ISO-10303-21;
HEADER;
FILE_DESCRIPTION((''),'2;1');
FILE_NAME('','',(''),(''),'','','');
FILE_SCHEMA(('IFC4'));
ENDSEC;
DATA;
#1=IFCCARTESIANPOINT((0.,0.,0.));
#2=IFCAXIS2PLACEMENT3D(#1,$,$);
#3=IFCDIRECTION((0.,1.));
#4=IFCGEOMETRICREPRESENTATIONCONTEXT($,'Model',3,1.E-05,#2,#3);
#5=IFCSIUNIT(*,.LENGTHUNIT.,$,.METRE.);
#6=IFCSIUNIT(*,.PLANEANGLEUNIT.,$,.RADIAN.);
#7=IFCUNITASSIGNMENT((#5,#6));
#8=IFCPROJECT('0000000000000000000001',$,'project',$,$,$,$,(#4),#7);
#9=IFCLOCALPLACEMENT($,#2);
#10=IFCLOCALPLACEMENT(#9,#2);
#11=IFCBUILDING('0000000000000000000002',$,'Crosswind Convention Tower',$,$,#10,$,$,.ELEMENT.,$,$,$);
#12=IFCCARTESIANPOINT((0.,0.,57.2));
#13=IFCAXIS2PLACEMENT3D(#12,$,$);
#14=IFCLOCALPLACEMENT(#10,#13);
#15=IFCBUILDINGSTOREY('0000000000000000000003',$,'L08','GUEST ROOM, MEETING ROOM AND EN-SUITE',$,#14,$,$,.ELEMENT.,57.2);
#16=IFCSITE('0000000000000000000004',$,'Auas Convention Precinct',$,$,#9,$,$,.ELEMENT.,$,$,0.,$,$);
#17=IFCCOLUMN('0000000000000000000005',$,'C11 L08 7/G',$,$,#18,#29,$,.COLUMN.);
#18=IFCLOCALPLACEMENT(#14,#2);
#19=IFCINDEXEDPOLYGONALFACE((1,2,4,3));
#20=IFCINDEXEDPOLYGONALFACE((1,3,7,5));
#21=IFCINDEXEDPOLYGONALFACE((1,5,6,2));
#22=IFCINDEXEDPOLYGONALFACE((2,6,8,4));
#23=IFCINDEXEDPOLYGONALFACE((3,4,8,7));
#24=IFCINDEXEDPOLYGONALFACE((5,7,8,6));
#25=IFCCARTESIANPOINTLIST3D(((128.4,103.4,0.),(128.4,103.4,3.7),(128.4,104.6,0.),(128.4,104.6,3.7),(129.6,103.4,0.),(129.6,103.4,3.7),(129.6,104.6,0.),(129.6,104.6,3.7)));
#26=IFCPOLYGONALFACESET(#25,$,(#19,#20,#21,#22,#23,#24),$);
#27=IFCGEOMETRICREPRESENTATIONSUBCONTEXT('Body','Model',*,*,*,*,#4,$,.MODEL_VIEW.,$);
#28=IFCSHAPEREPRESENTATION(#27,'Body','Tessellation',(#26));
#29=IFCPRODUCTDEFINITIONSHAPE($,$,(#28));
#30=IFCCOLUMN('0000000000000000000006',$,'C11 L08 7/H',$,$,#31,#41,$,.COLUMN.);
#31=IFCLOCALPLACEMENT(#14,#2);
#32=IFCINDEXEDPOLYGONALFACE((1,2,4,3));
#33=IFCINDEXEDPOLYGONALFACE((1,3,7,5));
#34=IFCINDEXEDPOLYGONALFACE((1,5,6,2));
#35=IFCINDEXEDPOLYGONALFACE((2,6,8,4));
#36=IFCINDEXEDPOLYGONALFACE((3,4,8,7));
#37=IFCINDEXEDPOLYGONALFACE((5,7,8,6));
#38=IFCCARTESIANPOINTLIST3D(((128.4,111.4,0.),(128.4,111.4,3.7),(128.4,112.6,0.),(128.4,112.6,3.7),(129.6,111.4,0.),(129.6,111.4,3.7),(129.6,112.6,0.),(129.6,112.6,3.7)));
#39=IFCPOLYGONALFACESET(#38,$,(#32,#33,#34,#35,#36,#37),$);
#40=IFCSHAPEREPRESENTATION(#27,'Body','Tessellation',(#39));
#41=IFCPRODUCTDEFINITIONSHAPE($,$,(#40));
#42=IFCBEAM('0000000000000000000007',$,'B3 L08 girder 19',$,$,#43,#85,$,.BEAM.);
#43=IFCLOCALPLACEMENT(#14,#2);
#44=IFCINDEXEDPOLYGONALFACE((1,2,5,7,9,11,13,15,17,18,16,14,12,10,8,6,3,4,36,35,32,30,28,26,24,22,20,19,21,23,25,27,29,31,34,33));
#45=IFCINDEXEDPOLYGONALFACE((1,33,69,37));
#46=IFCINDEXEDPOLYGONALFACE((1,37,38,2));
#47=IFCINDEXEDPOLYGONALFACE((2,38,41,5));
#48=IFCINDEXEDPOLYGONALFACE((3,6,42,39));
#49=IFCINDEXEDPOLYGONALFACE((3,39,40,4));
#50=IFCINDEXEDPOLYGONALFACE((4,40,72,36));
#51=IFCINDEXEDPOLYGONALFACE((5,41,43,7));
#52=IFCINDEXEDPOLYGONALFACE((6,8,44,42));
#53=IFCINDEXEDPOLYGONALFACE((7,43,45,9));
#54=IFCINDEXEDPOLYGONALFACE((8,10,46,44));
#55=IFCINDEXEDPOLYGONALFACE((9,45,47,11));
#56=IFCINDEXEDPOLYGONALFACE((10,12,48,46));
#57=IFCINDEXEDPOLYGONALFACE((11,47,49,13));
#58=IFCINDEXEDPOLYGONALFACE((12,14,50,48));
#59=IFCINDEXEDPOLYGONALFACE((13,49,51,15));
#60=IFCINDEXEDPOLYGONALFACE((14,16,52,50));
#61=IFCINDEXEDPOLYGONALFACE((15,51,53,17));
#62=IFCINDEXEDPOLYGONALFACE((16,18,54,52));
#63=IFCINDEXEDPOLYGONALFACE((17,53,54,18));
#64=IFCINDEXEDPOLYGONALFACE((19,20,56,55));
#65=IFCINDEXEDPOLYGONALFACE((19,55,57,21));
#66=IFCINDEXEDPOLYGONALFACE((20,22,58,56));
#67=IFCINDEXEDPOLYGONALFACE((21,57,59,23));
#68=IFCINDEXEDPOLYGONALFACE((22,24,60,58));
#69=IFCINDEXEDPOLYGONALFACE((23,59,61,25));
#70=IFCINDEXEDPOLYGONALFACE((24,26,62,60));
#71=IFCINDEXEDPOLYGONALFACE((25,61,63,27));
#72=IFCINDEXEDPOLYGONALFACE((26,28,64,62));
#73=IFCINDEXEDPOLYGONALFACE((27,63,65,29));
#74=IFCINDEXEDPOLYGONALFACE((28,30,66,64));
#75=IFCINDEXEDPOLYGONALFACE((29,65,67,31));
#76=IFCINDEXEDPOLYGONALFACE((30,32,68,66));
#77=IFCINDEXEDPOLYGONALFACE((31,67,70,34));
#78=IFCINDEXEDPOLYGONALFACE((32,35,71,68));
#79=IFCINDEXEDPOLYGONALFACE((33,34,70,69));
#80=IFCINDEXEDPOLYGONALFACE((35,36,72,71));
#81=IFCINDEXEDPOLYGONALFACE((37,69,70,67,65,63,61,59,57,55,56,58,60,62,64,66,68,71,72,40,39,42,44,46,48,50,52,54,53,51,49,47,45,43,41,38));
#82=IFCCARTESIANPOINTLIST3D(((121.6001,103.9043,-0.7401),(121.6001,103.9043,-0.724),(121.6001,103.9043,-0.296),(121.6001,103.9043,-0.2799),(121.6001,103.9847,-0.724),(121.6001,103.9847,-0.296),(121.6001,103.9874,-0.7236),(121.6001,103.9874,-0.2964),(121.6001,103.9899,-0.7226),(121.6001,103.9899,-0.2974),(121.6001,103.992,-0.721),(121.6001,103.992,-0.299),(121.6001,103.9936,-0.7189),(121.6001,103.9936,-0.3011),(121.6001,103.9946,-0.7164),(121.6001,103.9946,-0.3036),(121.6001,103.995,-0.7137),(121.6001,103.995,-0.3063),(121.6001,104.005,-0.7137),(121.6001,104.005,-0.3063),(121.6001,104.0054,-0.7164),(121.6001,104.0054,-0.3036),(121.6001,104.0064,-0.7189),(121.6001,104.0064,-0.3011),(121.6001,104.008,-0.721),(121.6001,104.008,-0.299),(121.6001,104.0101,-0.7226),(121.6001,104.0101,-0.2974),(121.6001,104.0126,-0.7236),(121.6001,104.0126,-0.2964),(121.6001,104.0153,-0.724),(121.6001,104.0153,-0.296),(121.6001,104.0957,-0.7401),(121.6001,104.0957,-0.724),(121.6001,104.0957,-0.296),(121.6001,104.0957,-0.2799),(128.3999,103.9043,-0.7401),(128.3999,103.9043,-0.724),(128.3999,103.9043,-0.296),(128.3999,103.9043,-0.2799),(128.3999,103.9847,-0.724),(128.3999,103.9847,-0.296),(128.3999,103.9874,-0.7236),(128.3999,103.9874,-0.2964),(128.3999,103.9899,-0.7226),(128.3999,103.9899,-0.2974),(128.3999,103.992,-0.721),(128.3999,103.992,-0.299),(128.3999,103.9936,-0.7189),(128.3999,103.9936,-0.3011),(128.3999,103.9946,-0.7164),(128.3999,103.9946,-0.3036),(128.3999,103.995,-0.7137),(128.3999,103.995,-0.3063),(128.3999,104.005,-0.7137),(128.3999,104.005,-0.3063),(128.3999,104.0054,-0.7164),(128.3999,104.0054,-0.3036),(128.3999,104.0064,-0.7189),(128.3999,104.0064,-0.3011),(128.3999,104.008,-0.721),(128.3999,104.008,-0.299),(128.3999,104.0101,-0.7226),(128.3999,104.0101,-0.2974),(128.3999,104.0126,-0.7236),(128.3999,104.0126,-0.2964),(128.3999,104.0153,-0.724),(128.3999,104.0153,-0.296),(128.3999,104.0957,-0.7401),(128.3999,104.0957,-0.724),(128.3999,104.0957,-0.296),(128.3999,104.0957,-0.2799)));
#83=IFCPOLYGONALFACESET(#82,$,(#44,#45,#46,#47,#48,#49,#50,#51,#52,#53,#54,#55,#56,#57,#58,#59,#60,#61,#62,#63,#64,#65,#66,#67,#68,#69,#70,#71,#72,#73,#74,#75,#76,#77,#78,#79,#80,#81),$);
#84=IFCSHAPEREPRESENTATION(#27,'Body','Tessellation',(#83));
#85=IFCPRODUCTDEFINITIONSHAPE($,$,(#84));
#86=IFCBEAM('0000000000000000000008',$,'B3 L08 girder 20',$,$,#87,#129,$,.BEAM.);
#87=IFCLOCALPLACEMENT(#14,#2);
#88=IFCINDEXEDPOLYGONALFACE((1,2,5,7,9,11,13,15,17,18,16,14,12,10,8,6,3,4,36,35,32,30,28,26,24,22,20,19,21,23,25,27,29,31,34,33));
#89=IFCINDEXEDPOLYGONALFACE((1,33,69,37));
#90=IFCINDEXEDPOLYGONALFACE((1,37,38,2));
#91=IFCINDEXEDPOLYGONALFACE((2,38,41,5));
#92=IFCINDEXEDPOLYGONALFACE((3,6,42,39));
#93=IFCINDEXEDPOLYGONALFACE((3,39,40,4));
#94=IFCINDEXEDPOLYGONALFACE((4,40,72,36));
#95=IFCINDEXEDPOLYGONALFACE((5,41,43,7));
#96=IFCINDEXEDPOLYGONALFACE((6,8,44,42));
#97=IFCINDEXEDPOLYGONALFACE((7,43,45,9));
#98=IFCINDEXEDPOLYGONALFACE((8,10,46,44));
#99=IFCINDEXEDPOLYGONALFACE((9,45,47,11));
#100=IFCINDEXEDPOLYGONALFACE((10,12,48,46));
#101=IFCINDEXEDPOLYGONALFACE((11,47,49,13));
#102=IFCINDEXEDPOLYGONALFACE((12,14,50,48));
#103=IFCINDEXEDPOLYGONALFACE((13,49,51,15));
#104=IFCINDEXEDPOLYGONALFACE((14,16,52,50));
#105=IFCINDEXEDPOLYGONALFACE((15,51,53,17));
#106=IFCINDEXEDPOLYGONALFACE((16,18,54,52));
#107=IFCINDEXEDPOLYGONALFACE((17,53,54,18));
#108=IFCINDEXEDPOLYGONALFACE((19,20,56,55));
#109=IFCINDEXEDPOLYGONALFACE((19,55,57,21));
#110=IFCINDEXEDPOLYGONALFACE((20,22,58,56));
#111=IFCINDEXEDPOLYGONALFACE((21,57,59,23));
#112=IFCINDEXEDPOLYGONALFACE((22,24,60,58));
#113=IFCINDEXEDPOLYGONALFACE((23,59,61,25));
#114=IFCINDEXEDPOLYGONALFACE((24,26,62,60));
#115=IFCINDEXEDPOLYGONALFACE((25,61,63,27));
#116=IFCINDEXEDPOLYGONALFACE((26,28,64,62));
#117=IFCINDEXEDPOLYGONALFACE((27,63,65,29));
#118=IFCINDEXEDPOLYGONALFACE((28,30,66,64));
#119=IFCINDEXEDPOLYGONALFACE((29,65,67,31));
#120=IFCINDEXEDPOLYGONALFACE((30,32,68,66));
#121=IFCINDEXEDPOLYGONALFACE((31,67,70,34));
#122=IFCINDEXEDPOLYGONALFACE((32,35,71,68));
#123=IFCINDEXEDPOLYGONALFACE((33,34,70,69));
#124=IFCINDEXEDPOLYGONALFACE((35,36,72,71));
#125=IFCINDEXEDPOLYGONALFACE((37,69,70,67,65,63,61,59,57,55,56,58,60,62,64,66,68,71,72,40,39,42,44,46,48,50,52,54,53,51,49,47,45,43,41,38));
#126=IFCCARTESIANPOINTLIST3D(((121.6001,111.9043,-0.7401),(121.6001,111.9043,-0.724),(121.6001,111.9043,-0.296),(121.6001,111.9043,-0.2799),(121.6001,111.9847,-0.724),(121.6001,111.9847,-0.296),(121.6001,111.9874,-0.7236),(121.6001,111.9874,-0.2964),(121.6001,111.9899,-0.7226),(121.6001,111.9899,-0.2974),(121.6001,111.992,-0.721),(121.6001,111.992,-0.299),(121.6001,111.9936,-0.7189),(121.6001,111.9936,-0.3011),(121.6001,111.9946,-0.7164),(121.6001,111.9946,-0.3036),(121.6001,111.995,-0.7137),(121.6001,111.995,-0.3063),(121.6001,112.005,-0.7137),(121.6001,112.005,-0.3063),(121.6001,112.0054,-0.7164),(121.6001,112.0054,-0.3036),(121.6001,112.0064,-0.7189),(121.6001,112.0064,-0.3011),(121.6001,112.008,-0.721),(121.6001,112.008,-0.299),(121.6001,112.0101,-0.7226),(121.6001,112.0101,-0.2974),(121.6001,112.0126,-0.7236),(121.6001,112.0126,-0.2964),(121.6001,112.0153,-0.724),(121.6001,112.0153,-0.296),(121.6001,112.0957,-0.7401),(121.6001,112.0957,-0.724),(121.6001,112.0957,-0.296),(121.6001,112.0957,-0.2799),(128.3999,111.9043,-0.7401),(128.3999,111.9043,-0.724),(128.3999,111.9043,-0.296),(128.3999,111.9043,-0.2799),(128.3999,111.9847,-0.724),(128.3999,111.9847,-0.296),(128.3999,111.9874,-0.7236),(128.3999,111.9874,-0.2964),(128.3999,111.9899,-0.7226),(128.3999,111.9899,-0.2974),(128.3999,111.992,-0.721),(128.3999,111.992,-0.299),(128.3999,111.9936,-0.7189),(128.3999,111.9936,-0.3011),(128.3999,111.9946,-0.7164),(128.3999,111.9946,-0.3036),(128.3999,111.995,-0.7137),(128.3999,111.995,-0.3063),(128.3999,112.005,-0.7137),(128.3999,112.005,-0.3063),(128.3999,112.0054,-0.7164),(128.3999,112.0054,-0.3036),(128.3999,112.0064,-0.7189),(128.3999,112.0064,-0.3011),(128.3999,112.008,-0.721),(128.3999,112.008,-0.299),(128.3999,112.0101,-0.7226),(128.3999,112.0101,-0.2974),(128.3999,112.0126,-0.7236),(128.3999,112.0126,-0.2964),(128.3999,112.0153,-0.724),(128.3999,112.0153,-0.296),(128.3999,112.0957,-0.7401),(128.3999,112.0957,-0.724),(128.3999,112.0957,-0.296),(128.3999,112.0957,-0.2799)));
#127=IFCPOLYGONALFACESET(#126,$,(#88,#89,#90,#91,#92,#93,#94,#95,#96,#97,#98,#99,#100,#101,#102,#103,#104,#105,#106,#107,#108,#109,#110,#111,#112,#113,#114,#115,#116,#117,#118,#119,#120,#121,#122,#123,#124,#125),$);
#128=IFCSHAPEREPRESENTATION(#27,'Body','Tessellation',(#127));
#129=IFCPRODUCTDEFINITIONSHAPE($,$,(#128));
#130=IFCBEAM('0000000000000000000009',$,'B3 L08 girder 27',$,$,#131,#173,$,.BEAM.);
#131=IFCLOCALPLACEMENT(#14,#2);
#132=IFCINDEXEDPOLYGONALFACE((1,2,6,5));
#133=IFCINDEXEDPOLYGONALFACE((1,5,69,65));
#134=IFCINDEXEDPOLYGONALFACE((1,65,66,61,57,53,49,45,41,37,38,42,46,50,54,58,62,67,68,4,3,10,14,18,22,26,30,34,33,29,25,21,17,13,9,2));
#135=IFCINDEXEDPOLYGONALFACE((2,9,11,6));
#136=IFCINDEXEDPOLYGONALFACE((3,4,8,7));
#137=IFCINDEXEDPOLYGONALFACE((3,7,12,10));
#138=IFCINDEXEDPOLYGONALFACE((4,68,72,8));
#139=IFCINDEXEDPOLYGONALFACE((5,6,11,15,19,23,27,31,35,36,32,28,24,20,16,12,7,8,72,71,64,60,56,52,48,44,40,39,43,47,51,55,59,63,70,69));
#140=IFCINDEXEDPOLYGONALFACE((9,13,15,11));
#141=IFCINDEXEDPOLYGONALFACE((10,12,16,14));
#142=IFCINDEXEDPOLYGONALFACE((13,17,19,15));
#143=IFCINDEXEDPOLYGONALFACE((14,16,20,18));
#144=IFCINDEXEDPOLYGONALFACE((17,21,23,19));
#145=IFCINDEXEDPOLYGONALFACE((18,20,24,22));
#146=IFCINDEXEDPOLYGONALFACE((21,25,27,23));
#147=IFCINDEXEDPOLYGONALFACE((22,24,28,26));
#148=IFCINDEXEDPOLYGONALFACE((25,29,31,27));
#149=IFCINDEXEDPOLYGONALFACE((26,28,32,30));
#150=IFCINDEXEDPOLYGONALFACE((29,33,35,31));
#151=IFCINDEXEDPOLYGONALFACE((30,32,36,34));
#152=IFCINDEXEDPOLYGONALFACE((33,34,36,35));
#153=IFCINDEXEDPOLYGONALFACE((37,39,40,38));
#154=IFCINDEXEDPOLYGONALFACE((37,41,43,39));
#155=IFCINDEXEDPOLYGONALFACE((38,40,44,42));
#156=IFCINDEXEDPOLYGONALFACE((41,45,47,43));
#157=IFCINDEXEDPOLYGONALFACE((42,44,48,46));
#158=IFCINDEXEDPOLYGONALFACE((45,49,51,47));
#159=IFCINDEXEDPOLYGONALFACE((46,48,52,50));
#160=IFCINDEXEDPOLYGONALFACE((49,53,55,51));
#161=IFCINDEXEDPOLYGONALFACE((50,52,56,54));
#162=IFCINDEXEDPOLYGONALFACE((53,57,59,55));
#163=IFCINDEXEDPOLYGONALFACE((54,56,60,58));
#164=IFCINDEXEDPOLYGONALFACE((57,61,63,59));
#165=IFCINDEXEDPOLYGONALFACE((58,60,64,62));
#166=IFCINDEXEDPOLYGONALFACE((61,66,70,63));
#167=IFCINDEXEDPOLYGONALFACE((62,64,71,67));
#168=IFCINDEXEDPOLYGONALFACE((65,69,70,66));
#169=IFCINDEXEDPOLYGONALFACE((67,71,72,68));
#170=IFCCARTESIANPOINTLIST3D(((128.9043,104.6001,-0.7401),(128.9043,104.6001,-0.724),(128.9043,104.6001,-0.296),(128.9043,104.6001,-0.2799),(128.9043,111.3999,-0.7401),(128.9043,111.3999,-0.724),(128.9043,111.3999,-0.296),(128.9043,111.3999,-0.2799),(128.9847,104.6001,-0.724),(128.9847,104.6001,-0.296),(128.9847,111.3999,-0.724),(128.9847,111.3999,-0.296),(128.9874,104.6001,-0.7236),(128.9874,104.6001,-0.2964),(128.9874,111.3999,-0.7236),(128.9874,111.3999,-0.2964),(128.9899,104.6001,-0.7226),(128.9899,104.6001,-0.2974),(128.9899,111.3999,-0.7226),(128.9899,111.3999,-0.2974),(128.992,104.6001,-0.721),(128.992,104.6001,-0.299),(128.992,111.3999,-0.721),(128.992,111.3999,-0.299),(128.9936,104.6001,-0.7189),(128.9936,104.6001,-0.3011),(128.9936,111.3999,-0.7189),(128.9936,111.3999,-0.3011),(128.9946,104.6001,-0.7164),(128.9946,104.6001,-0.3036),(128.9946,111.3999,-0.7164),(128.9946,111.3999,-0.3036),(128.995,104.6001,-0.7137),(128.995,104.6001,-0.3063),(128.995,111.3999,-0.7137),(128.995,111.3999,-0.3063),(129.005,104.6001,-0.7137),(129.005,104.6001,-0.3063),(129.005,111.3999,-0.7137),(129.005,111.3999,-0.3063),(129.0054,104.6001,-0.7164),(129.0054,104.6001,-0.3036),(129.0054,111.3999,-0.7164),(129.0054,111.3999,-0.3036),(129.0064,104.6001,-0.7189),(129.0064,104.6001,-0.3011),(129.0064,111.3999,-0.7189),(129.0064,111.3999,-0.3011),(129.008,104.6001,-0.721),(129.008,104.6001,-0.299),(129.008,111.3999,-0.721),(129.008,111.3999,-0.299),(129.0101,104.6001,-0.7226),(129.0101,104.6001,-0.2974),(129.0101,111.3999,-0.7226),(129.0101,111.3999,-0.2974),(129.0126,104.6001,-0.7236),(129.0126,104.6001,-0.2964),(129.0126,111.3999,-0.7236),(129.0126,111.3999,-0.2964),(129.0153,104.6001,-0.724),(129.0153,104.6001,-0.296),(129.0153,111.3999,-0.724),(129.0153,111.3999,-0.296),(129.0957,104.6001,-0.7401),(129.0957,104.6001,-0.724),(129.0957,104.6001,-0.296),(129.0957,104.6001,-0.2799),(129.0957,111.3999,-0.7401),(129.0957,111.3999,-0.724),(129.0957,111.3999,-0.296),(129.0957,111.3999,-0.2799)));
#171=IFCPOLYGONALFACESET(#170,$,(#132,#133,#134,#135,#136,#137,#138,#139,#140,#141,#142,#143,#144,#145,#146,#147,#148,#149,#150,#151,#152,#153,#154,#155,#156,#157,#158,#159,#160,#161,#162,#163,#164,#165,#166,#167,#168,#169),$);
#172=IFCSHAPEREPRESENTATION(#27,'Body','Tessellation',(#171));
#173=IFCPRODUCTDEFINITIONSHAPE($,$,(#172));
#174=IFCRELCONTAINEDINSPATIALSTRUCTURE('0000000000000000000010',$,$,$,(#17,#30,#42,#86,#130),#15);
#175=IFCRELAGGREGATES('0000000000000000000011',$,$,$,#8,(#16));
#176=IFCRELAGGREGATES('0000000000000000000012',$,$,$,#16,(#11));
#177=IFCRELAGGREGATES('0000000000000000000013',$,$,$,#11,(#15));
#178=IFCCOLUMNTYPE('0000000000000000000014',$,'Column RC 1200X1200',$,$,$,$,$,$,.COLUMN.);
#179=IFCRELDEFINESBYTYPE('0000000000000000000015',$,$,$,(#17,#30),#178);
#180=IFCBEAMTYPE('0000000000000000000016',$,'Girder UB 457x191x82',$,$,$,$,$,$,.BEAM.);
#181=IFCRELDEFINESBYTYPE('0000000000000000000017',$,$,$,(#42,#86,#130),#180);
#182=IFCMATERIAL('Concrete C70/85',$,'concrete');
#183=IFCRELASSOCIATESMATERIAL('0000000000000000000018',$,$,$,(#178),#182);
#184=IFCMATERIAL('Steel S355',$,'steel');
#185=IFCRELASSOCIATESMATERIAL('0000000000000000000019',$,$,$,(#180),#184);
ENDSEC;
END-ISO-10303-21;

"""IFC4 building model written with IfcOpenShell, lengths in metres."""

from ifc_helpers import new_model, si_unit, direction, frame, origin, origin_2d, place, context, subcontext, project, spatial, rectangle, i_section, extrude, material, material_profile, profile_set, type_object, element, save


model = new_model("IFC4")

# Units and contexts
model_context = context("Model", 3, precision=1e-05, world=origin(), true_north=direction((0.0, 1.0)))
body_context = subcontext(model_context, "Body", "Model", "MODEL_VIEW")
ifc_project = project(units=[si_unit("LENGTHUNIT", "METRE"), si_unit("PLANEANGLEUNIT", "RADIAN")], contexts=[model_context])

# Site, building, storey
site_placement = place(None, origin())
site = spatial("IfcSite", under=ifc_project, at=site_placement, Name="Auas Convention Precinct", CompositionType="ELEMENT", RefElevation=0.0)
building_placement = place(site_placement, origin())
building = spatial("IfcBuilding", under=site, at=building_placement, Name="Crosswind Convention Tower", CompositionType="ELEMENT")
storey_placement = place(building_placement, frame((0.0, 0.0, 57.2)))
storey = spatial("IfcBuildingStorey", under=building, at=storey_placement, Name="L08", Description="GUEST ROOM, MEETING ROOM AND EN-SUITE", CompositionType="ELEMENT", Elevation=57.2)

# Columns
ifc_material_1 = material(Name="Concrete C70/85", Category="concrete")
ifc_material_profile_1 = material_profile(ifc_material_1, rectangle(XDim=1.2, YDim=1.2, at=origin_2d()), Name="RC 1200X1200")
ifc_profile_set_1 = profile_set([ifc_material_profile_1], Name="Concrete C70/85")
column_type = type_object("IfcColumnType", Name="Column RC 1200X1200", PredefinedType="COLUMN", material=ifc_profile_set_1)
for number, where, z_axis, x_axis, name in (
    (1, (129.0, 104.0, 0.0), (0.0, 0.0, 1.0), (1.0, 0.0, 0.0), "C11 L08 7/G"),
    (2, (129.0, 112.0, 0.0), (0.0, 0.0, 1.0), (1.0, 0.0, 0.0), "C11 L08 7/H"),
):
    element("IfcColumn", number, at=place(storey_placement, frame(where, z_axis=z_axis, x_axis=x_axis)), inside=storey, type_object=column_type, Name=name, PredefinedType="COLUMN", context=body_context, shape_type="SweptSolid", body=[
        extrude(rectangle(XDim=1.2, YDim=1.2, at=origin_2d()), origin(), (0.0, 0.0, 1.0), 3.7),
    ])

# Beams
ifc_material_2 = material(Name="Steel S355", Category="steel")
ifc_material_profile_2 = material_profile(ifc_material_2, i_section(OverallWidth=0.1914, OverallDepth=0.4602, WebThickness=0.01, FlangeThickness=0.0161, FilletRadius=0.0103, at=origin_2d()), Name="UB 457x191x82")
ifc_profile_set_2 = profile_set([ifc_material_profile_2], Name="Steel S355")
beam_type_1 = type_object("IfcBeamType", Name="Girder UB 457x191x82", PredefinedType="BEAM", material=ifc_profile_set_2)
for number, where, z_axis, x_axis, name in (
    (3, (121.6001, 104.0, -0.51), (1.0, 0.0, 0.0), (0.0, 1.0, 0.0), "B3 L08 girder 19"),
    (4, (121.6001, 112.0, -0.51), (1.0, 0.0, 0.0), (0.0, 1.0, 0.0), "B3 L08 girder 20"),
    (5, (129.0, 104.6001, -0.51), (0.0, 1.0, 0.0), (-1.0, 0.0, 0.0), "B3 L08 girder 27"),
):
    element("IfcBeam", number, at=place(storey_placement, frame(where, z_axis=z_axis, x_axis=x_axis)), inside=storey, type_object=beam_type_1, Name=name, PredefinedType="BEAM", context=body_context, shape_type="SweptSolid", body=[
        extrude(i_section(OverallWidth=0.1914, OverallDepth=0.4602, WebThickness=0.01, FlangeThickness=0.0161, FilletRadius=0.0103, at=origin_2d()), origin(), (0.0, 0.0, 1.0), 6.7998),
    ])

save(model, "model.ifc")
